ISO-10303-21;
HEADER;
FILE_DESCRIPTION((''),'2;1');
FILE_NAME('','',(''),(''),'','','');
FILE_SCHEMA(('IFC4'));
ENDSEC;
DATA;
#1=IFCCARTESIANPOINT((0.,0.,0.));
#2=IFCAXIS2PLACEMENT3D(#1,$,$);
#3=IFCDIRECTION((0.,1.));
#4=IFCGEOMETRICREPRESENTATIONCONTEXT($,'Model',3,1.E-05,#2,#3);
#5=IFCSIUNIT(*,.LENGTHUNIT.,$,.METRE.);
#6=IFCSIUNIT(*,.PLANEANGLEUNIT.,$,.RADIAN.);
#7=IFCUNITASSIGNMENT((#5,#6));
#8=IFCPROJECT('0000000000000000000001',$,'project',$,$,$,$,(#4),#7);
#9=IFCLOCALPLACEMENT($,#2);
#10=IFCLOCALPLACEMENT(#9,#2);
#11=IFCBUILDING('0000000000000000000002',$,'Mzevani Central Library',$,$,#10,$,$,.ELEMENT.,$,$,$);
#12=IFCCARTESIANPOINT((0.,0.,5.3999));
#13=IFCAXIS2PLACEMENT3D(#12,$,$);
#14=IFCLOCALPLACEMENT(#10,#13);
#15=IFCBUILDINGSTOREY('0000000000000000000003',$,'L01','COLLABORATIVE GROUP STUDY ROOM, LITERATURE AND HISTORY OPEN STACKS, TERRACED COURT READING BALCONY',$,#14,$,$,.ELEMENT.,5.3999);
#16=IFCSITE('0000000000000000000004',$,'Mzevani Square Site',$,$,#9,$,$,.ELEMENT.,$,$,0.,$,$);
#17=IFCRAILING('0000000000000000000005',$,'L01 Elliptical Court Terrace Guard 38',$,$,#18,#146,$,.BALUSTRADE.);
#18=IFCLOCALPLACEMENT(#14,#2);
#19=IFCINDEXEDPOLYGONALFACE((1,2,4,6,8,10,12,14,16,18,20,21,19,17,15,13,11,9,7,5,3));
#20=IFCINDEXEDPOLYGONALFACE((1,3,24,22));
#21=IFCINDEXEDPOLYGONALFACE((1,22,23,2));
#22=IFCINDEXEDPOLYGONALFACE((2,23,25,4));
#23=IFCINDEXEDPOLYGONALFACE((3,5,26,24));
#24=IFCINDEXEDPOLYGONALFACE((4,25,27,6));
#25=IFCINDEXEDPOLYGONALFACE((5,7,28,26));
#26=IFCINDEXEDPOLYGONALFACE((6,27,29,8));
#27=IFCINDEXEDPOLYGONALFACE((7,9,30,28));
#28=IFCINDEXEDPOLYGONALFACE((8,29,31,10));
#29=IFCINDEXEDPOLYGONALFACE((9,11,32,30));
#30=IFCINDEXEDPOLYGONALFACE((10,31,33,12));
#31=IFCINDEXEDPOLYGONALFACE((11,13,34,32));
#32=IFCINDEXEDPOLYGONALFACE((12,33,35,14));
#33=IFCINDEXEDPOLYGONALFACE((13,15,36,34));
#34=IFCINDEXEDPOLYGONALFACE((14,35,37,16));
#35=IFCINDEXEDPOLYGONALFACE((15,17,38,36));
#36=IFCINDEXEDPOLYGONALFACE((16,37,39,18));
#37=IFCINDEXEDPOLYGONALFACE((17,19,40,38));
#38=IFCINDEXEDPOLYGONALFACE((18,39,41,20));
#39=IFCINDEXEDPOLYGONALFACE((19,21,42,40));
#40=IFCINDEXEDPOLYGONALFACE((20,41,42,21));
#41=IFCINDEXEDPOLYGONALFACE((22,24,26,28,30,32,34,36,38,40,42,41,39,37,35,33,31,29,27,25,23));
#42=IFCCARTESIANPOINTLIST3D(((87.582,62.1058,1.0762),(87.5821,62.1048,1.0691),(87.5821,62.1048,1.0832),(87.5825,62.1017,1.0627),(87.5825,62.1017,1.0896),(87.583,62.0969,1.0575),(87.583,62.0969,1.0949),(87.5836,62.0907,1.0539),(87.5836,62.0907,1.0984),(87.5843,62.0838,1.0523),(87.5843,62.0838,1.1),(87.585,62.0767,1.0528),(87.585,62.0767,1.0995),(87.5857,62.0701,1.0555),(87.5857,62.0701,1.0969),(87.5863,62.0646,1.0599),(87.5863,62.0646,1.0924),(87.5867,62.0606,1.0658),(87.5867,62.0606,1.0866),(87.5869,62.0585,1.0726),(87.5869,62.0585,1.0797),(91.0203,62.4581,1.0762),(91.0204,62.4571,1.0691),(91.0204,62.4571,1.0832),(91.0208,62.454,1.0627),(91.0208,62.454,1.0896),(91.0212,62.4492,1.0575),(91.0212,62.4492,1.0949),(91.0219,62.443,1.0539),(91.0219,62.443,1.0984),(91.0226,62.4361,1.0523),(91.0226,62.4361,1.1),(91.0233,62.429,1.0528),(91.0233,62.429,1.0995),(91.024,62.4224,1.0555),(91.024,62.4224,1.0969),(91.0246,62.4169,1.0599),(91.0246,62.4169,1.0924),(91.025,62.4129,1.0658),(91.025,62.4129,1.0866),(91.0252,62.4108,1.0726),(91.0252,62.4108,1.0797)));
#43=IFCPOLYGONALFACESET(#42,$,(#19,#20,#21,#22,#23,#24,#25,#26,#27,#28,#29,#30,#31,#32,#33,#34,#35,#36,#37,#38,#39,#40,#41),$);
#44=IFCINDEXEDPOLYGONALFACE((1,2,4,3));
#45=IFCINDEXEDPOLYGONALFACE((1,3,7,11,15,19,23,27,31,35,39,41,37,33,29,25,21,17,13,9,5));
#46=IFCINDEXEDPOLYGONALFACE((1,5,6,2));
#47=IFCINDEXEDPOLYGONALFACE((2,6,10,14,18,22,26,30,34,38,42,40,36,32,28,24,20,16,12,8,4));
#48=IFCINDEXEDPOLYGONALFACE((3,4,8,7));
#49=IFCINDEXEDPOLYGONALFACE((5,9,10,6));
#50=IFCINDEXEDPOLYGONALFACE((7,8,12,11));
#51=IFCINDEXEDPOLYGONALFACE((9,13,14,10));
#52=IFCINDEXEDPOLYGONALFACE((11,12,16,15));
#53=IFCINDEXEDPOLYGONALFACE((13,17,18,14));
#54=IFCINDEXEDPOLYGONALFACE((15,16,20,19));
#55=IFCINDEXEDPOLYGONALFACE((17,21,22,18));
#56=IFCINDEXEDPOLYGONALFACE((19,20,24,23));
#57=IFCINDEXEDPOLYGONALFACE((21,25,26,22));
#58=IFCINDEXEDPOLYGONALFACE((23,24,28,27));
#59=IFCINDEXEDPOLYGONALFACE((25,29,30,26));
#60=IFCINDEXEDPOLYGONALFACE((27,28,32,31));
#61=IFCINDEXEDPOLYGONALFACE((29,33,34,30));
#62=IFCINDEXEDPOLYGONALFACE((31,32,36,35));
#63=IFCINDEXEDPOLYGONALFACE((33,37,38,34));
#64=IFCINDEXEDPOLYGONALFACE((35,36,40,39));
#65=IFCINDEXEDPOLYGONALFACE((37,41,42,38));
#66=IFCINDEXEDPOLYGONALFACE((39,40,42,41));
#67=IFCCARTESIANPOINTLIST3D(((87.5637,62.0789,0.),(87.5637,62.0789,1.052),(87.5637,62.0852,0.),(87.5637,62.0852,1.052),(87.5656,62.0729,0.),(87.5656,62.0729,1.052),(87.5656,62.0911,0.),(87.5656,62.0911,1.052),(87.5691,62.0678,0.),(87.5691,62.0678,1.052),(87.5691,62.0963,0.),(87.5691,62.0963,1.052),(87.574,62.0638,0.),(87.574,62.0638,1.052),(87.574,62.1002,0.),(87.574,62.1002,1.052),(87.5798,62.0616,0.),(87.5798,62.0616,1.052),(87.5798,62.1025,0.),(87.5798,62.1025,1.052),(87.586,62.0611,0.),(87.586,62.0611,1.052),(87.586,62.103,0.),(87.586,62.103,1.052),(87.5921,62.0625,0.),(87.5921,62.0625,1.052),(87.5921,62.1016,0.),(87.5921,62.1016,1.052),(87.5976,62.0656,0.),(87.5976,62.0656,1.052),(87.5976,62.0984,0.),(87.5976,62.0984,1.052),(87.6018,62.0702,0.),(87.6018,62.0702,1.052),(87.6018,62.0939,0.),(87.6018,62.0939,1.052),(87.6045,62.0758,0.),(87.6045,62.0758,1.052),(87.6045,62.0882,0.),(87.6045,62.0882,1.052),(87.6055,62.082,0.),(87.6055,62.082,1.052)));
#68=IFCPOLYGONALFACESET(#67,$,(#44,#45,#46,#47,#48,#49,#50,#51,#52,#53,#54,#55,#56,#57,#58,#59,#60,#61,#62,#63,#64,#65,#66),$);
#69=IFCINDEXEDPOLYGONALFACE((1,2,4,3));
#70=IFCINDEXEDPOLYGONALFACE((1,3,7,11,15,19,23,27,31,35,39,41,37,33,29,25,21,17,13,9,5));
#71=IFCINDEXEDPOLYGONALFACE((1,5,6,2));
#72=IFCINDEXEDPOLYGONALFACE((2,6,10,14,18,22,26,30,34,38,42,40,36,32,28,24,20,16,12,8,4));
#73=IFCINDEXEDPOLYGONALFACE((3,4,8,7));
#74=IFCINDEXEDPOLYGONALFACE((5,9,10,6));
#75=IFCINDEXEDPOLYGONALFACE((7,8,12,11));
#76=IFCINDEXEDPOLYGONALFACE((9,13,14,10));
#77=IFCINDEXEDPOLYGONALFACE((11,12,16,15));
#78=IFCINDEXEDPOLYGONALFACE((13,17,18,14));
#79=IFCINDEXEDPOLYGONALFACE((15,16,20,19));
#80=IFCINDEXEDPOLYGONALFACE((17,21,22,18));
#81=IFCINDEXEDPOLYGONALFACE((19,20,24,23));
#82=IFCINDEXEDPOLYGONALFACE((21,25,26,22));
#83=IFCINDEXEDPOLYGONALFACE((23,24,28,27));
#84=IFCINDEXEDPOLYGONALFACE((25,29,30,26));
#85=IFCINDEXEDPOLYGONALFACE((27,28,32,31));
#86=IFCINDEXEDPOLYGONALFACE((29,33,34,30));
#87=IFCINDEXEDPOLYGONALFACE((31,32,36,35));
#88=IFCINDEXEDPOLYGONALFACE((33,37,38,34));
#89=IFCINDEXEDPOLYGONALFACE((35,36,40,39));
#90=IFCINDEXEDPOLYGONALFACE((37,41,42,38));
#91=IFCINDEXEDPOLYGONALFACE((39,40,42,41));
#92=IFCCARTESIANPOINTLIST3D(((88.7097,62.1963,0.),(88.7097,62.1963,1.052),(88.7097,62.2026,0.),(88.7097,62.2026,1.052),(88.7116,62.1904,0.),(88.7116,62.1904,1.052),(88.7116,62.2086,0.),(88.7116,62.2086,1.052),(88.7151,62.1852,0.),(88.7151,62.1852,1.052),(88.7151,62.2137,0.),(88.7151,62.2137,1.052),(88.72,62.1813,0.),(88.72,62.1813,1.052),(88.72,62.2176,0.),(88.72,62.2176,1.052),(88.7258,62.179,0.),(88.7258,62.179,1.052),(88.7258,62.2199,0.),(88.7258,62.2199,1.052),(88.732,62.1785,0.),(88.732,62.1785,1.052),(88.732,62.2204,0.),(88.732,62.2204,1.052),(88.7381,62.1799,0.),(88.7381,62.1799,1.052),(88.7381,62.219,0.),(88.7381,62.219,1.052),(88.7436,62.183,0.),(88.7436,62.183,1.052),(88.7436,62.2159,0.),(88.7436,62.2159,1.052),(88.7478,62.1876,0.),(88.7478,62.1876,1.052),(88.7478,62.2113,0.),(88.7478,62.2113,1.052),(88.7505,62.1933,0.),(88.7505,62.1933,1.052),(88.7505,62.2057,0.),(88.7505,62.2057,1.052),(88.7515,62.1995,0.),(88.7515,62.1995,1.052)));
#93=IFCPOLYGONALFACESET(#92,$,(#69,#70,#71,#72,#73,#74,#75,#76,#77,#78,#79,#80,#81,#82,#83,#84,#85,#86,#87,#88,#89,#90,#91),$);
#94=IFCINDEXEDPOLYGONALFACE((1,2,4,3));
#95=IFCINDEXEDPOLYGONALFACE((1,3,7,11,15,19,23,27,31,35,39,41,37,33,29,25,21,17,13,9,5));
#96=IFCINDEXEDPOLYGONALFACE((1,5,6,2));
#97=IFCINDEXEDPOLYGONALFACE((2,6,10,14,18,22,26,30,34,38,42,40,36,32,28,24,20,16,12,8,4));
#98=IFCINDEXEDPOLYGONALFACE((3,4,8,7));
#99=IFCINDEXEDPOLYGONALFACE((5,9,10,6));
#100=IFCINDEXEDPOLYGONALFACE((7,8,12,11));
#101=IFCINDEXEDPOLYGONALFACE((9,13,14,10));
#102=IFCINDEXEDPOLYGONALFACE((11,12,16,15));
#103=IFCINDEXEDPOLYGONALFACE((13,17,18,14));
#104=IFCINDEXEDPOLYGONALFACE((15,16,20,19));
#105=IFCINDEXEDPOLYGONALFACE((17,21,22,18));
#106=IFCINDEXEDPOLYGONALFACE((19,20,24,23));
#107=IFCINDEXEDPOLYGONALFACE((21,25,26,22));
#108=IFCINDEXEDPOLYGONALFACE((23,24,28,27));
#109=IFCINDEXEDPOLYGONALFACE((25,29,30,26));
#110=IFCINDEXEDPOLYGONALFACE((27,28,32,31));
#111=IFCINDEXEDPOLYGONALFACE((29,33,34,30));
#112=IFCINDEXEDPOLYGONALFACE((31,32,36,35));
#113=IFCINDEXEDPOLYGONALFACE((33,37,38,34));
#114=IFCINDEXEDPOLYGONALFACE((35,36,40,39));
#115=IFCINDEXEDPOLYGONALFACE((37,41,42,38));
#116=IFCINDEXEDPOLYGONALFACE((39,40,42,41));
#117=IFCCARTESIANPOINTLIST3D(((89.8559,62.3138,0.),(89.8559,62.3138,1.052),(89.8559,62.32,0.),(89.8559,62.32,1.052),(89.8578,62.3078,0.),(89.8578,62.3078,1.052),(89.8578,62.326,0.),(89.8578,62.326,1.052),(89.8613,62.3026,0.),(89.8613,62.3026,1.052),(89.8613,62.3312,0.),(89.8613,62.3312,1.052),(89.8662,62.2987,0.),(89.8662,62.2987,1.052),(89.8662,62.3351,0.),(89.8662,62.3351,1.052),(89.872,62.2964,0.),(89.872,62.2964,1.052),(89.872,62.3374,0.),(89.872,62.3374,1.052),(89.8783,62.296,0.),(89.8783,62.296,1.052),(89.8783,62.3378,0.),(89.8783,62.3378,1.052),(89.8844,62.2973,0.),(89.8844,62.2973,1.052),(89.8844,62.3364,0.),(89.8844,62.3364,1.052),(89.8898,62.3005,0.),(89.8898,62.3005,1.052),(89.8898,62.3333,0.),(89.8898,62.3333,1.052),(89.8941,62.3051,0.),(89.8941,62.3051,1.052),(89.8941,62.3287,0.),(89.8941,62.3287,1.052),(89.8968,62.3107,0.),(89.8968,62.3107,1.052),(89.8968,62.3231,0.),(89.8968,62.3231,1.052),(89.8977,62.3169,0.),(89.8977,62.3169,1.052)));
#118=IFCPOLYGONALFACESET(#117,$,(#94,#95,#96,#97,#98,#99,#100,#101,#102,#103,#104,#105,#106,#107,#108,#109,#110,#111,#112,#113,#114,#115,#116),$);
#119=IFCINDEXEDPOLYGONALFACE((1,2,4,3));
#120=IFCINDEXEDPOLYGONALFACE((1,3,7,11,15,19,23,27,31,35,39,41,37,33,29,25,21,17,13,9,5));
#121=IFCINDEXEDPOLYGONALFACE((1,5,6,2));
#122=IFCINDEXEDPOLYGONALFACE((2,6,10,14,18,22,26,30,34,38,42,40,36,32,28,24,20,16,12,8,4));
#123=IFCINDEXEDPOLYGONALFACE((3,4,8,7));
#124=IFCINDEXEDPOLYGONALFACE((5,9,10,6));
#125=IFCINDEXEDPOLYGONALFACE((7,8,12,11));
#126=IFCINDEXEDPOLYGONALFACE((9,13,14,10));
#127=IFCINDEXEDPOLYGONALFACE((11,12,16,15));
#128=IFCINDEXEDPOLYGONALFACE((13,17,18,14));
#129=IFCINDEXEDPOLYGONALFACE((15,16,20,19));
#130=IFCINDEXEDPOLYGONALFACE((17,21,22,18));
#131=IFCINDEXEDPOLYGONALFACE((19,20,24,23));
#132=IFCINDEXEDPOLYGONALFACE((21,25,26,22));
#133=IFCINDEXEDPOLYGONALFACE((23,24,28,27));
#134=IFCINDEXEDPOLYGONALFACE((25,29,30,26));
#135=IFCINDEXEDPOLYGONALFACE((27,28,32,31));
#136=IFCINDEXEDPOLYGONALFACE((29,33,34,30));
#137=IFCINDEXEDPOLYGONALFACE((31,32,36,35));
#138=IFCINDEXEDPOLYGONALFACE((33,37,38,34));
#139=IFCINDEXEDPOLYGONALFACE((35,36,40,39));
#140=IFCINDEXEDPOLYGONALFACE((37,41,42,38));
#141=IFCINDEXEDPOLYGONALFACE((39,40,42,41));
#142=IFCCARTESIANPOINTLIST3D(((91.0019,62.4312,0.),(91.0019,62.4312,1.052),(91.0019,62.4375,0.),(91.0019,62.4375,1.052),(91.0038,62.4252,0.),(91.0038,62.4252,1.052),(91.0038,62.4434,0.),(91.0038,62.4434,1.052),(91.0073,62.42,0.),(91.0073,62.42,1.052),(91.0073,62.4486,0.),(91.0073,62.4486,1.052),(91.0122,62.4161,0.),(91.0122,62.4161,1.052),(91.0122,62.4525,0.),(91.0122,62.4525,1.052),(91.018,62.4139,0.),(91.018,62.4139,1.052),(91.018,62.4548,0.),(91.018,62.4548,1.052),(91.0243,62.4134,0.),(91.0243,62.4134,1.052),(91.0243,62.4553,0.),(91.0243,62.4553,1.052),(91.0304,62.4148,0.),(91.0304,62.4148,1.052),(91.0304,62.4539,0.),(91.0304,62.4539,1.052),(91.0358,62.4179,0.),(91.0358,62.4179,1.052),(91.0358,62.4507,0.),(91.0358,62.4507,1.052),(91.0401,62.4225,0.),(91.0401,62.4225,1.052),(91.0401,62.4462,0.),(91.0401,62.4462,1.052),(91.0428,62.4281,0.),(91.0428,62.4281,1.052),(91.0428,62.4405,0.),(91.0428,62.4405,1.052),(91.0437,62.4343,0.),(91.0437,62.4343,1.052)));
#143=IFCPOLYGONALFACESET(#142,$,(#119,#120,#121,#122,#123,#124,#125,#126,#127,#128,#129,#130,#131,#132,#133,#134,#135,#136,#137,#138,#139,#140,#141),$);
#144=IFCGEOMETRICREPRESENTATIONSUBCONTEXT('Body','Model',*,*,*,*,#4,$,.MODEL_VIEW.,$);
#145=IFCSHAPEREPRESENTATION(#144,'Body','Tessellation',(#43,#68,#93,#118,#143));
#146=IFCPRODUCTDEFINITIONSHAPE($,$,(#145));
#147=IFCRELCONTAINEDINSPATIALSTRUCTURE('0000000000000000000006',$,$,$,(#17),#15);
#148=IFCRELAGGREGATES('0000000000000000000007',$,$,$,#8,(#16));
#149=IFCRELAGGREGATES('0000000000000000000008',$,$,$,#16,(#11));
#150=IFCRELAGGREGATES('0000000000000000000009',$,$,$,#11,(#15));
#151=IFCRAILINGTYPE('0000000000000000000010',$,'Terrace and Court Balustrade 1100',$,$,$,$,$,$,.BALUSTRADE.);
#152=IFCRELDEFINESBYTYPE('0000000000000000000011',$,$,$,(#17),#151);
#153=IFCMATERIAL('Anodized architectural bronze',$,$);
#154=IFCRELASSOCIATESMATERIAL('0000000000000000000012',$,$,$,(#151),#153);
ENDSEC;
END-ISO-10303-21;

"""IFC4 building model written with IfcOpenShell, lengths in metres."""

from ifc_helpers import new_model, si_unit, direction, frame, origin, origin_2d, place, context, subcontext, project, spatial, circle, extrude, material, type_object, element, save


model = new_model("IFC4")

# Units and contexts
model_context = context("Model", 3, precision=1e-05, world=origin(), true_north=direction((0.0, 1.0)))
body_context = subcontext(model_context, "Body", "Model", "MODEL_VIEW")
ifc_project = project(units=[si_unit("LENGTHUNIT", "METRE"), si_unit("PLANEANGLEUNIT", "RADIAN")], contexts=[model_context])

# Site, building, storey
site_placement = place(None, origin())
site = spatial("IfcSite", under=ifc_project, at=site_placement, Name="Mzevani Square Site", CompositionType="ELEMENT", RefElevation=0.0)
building_placement = place(site_placement, origin())
building = spatial("IfcBuilding", under=site, at=building_placement, Name="Mzevani Central Library", CompositionType="ELEMENT")
storey_placement = place(building_placement, frame((0.0, 0.0, 5.3999)))
storey = spatial("IfcBuildingStorey", under=building, at=storey_placement, Name="L01", Description="COLLABORATIVE GROUP STUDY ROOM, LITERATURE AND HISTORY OPEN STACKS, TERRACED COURT READING BALCONY", CompositionType="ELEMENT", Elevation=5.3999)

# Railing
ifc_material_1 = material(Name="Anodized architectural bronze")
railing_type = type_object("IfcRailingType", Name="Terrace and Court Balustrade 1100", PredefinedType="BALUSTRADE", material=ifc_material_1)
railing_1_placement = place(storey_placement, frame((87.5845, 62.082, 0.0)))
element("IfcRailing", 1, at=railing_1_placement, inside=storey, type_object=railing_type, Name="L01 Elliptical Court Terrace Guard 38", PredefinedType="BALUSTRADE", context=body_context, shape_type="SweptSolid", body=[
    extrude(circle(Radius=0.0239, at=origin_2d()), frame((0.0, 0.0, 1.0762), z_axis=(0.994792, 0.10193, 0.0), x_axis=(-0.10193, 0.994792, 0.0)), (0.0, 0.0, 1.0), 3.4563),
    extrude(circle(Radius=0.021, at=origin_2d()), origin(), (0.0, 0.0, 1.0), 1.052),
    extrude(circle(Radius=0.021, at=origin_2d()), frame((1.146, 0.1174, 0.0)), (0.0, 0.0, 1.0), 1.052),
    extrude(circle(Radius=0.021, at=origin_2d()), frame((2.2922, 0.2349, 0.0)), (0.0, 0.0, 1.0), 1.052),
    extrude(circle(Radius=0.021, at=origin_2d()), frame((3.4382, 0.3523, 0.0)), (0.0, 0.0, 1.0), 1.052),
])

save(model, "model.ifc")
